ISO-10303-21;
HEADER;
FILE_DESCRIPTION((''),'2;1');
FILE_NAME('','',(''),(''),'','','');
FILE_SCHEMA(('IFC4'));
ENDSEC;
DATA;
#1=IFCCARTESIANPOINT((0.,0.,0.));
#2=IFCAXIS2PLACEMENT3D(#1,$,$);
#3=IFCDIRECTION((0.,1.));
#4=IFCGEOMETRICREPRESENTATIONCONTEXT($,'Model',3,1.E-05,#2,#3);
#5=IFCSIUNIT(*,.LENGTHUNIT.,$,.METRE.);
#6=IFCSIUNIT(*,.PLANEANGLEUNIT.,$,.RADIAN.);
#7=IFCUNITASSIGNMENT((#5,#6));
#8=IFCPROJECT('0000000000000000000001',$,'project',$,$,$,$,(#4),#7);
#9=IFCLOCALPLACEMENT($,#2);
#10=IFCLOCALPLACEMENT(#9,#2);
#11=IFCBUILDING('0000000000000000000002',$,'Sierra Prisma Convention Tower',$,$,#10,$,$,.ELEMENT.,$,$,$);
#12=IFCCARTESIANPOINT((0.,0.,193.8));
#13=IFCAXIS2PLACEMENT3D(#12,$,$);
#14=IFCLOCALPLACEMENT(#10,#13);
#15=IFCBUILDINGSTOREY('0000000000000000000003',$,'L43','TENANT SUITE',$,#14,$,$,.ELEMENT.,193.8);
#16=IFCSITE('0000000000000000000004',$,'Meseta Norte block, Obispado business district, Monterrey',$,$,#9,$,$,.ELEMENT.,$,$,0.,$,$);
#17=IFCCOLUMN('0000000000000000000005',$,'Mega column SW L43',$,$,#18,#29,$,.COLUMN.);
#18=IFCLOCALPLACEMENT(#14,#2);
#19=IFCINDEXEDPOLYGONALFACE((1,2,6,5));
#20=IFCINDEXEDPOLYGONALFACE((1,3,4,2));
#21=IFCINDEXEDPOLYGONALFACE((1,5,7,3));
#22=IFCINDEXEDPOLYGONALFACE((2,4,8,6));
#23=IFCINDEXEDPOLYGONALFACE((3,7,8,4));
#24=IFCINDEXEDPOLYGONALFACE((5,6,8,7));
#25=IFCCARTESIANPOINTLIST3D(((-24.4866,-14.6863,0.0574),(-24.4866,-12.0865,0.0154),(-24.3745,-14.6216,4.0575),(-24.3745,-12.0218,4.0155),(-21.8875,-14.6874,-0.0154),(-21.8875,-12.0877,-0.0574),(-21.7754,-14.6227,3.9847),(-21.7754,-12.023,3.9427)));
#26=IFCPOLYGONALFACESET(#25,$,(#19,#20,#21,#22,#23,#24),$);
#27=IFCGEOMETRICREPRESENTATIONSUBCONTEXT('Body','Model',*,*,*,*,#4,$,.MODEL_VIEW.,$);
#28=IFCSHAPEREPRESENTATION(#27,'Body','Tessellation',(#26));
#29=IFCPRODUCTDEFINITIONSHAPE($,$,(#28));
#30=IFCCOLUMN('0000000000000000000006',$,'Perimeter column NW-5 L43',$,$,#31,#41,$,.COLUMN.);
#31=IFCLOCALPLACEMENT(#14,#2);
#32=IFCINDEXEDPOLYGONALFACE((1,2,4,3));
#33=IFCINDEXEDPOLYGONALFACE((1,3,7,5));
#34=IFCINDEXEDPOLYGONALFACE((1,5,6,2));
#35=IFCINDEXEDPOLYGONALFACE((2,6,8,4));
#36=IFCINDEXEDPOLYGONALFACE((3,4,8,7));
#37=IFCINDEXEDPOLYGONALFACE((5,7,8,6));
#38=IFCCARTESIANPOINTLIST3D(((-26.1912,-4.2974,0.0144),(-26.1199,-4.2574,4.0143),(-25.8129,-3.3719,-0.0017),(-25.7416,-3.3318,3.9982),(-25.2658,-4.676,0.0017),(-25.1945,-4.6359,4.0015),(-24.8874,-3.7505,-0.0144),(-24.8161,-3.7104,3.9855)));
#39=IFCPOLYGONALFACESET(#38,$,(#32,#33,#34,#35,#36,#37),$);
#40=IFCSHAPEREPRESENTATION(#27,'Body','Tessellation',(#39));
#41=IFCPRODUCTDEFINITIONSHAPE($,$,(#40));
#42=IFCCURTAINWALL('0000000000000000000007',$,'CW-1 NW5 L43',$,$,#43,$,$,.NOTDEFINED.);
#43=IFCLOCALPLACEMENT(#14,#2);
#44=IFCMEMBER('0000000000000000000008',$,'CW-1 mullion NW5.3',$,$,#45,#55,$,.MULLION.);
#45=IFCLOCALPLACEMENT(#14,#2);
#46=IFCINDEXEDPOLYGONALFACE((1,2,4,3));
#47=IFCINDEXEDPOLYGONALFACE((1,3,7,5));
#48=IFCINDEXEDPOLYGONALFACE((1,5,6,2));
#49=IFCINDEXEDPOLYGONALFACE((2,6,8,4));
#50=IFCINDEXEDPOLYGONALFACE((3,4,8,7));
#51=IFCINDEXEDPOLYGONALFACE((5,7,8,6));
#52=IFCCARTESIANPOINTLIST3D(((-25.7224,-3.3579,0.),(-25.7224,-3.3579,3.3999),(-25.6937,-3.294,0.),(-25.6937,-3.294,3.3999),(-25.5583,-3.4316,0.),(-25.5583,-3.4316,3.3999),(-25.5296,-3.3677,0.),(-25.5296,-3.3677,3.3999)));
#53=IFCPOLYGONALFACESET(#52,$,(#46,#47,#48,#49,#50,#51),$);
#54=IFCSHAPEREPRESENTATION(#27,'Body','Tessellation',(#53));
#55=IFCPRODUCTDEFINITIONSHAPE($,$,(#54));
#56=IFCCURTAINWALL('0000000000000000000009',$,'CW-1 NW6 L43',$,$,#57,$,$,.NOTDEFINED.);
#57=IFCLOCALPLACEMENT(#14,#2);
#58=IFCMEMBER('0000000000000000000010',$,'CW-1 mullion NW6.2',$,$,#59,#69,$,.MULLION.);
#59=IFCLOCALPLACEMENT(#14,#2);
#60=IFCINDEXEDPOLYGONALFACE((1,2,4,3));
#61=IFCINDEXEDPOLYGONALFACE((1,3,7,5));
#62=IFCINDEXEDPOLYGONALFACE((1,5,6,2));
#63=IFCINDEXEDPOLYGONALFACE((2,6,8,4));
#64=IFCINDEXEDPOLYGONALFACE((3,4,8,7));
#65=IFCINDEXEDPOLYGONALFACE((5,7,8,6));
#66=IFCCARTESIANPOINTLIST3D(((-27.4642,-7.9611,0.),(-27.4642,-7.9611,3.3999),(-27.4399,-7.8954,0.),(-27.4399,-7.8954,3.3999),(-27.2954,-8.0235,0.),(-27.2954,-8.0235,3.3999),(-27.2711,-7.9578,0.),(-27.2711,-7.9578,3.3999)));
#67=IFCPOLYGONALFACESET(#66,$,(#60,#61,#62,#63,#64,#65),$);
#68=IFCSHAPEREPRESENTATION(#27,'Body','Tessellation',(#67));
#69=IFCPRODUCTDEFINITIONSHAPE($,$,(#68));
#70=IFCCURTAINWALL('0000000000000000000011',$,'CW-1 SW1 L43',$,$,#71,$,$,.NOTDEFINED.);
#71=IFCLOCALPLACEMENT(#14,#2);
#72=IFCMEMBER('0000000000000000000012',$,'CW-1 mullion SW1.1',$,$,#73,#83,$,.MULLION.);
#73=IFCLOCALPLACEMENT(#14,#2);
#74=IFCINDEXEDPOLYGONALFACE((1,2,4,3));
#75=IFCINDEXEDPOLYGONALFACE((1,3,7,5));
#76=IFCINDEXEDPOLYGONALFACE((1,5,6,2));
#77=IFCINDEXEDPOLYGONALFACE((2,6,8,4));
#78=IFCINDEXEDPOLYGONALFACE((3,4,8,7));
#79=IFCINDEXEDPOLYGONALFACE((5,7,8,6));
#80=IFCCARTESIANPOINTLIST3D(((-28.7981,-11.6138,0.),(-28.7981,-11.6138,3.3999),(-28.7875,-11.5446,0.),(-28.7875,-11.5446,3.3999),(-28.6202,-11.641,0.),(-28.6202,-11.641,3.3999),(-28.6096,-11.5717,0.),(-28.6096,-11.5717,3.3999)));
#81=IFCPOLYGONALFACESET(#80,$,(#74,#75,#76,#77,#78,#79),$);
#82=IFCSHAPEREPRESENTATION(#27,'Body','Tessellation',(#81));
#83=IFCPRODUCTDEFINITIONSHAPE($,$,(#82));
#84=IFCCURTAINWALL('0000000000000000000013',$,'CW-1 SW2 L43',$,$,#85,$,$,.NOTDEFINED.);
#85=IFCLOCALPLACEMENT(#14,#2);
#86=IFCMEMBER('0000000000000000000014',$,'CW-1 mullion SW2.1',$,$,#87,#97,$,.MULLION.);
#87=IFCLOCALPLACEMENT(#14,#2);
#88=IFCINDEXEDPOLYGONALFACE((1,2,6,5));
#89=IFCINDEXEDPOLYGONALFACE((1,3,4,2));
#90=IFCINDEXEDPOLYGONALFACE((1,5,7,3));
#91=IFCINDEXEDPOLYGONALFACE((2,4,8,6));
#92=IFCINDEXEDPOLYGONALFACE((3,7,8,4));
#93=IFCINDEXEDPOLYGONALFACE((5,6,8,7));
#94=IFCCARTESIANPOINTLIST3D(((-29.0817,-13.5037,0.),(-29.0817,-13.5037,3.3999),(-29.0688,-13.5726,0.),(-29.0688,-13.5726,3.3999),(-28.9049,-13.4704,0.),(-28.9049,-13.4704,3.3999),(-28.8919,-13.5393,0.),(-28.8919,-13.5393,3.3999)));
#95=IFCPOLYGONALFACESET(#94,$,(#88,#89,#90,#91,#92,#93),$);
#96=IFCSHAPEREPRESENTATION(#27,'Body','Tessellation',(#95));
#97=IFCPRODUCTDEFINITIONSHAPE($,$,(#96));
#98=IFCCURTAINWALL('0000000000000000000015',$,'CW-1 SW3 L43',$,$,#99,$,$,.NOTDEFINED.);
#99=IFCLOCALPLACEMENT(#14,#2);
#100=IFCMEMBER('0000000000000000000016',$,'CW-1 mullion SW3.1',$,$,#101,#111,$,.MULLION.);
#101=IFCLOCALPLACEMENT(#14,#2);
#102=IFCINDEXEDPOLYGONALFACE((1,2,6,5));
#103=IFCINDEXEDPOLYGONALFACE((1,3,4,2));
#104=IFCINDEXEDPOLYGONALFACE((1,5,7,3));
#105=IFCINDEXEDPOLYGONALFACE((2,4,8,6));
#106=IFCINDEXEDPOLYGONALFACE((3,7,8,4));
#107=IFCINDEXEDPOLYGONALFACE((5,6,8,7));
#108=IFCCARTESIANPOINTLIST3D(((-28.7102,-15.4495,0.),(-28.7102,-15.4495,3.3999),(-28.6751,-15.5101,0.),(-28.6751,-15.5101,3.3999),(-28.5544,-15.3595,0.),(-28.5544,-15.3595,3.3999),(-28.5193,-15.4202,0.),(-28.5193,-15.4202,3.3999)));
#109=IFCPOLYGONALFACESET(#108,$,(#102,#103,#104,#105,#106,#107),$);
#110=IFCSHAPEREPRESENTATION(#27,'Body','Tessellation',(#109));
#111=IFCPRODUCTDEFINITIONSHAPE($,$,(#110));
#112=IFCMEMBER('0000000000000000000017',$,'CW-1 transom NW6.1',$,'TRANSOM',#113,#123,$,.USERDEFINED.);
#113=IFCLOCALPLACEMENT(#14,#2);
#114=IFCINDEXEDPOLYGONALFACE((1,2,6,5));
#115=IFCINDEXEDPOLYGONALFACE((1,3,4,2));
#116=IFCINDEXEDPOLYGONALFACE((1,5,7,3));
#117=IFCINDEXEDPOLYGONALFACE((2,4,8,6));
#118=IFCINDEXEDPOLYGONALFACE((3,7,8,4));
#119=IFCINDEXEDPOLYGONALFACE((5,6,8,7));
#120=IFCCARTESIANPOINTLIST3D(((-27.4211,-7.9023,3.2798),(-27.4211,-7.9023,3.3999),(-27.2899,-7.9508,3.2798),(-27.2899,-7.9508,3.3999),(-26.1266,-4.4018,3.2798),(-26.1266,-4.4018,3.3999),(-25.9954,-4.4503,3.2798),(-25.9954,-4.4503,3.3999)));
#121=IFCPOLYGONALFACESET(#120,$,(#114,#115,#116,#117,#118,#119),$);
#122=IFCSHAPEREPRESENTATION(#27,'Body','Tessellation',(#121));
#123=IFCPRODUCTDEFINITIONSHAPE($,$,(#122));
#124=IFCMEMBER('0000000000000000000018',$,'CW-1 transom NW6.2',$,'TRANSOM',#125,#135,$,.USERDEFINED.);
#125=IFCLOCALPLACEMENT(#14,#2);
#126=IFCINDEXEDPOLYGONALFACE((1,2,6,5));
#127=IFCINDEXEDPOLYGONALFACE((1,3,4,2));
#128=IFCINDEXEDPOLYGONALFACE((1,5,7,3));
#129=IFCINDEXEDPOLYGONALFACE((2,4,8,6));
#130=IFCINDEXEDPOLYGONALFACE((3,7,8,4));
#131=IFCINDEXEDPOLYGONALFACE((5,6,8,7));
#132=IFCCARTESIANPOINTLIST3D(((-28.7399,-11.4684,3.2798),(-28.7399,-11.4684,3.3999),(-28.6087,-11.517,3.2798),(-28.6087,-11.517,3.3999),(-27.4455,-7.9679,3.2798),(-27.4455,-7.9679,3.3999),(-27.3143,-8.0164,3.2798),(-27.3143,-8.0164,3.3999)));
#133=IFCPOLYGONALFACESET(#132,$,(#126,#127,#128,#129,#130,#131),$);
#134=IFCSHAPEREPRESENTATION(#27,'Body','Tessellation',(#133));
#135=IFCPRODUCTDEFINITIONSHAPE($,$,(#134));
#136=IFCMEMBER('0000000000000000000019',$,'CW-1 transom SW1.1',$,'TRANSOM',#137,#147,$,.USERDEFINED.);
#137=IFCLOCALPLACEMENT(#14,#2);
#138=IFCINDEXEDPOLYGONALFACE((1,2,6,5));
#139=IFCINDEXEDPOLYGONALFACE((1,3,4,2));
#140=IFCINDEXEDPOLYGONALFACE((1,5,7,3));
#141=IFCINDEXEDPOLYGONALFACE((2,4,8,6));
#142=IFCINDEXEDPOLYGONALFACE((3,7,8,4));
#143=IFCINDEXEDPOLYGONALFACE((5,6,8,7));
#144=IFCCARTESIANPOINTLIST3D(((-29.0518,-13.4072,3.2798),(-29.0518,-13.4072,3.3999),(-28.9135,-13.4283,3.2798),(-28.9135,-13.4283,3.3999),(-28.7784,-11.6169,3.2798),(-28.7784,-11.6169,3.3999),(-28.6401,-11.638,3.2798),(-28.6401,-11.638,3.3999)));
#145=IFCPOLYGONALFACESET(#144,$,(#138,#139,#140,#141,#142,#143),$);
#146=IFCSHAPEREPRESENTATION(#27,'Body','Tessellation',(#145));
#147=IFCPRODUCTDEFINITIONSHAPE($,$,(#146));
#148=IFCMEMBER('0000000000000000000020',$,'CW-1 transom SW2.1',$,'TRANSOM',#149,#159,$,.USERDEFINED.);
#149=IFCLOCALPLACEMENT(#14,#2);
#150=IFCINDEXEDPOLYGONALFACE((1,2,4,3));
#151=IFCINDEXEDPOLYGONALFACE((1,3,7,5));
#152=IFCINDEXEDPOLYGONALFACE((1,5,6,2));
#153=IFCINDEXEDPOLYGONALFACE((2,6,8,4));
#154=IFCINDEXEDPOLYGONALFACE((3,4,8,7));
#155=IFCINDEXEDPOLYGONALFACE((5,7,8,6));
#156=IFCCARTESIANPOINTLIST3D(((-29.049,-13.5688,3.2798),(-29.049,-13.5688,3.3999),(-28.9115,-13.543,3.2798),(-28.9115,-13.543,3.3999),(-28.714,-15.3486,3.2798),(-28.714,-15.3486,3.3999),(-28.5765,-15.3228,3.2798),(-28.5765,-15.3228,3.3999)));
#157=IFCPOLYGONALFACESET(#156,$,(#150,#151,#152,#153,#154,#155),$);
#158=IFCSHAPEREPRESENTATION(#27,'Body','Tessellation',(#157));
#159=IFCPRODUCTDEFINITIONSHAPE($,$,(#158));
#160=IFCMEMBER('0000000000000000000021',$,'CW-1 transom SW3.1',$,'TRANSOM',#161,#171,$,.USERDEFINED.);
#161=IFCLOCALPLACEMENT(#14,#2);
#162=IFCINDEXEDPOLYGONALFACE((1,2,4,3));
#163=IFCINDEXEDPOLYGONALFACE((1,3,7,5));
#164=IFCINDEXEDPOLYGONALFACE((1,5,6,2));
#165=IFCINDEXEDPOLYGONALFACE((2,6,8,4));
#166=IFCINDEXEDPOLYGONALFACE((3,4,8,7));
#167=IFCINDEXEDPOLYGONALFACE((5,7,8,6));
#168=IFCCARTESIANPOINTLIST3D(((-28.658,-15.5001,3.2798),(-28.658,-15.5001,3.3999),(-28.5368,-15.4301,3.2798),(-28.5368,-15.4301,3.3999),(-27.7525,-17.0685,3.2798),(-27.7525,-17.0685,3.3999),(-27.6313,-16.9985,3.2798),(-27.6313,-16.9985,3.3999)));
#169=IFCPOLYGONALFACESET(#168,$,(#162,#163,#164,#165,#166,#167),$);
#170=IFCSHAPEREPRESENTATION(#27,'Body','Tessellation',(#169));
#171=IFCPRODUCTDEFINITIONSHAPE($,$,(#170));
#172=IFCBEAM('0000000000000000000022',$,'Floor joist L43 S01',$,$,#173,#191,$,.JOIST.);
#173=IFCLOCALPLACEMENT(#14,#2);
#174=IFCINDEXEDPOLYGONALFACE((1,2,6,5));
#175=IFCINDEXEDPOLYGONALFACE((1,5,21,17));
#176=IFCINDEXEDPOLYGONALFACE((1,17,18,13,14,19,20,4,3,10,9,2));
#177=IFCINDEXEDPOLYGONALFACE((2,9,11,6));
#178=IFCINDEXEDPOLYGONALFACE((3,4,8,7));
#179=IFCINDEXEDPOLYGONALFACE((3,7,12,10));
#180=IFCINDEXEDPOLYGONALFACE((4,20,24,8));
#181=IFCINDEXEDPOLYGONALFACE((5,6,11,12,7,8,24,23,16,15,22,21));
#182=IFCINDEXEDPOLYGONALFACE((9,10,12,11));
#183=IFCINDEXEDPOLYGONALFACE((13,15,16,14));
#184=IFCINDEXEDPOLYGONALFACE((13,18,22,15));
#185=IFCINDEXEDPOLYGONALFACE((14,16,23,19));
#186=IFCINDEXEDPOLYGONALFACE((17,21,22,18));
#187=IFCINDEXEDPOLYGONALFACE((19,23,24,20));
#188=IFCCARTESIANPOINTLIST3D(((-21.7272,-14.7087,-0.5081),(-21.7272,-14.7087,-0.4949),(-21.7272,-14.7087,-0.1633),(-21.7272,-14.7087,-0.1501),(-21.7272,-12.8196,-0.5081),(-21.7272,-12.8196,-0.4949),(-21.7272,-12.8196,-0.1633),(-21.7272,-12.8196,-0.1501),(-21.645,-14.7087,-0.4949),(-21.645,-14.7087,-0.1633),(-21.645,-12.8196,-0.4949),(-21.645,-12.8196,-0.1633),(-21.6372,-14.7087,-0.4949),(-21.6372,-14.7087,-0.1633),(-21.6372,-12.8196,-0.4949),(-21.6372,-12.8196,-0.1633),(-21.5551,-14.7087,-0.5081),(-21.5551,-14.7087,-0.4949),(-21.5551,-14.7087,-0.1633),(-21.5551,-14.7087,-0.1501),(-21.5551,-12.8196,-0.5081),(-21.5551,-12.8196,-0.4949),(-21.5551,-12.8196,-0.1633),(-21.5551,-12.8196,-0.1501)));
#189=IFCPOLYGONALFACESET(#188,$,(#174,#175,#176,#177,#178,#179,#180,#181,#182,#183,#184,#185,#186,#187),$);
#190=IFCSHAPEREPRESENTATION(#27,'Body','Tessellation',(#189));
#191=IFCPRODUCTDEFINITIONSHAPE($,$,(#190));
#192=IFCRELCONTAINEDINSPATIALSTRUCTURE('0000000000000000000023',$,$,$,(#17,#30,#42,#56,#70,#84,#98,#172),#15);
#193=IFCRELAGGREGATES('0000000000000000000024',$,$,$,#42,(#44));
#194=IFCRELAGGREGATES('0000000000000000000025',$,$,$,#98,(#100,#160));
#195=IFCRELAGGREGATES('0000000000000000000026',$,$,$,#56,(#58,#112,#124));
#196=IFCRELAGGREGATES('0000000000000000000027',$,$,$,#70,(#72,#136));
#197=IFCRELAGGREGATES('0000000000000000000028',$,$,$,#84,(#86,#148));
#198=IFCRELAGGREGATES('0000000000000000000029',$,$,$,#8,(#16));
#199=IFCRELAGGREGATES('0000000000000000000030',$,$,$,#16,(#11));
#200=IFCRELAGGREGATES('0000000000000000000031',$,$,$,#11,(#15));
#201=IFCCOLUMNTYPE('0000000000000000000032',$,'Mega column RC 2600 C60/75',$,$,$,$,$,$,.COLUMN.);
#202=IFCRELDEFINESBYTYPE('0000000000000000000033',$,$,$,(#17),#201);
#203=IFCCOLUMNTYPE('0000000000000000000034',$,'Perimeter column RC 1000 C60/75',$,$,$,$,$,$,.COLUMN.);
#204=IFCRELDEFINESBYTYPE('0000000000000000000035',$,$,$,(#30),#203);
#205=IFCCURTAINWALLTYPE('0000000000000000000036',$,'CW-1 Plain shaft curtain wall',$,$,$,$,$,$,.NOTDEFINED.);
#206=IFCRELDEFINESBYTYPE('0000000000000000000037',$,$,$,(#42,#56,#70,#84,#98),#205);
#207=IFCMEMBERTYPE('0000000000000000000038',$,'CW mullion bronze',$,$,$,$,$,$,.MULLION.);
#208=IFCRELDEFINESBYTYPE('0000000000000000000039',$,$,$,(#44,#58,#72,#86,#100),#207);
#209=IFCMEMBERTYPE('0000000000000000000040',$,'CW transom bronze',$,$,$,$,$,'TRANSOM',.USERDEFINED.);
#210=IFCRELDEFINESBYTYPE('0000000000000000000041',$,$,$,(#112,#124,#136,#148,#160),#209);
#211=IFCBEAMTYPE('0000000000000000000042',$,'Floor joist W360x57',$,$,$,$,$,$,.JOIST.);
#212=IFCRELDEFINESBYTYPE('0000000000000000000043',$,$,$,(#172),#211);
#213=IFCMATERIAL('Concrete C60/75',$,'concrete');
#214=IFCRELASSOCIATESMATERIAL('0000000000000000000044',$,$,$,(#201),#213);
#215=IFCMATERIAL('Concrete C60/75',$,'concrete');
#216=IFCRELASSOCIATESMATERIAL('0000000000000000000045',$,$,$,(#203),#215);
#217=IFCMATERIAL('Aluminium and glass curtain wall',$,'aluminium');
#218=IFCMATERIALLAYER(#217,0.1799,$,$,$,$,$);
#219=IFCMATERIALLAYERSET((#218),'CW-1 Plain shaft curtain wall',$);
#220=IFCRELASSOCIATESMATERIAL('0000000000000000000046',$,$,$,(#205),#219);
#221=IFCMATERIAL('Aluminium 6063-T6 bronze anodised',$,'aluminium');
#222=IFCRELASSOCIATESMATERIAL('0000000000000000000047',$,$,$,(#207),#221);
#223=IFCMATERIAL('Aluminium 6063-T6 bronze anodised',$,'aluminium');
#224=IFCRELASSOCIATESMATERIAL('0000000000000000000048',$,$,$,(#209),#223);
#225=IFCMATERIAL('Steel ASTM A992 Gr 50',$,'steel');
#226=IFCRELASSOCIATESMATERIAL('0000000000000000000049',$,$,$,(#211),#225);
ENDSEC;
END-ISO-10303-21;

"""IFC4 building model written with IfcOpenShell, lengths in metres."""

from ifc_helpers import new_model, si_unit, direction, frame, origin, origin_2d, place, context, subcontext, project, spatial, rectangle, i_section, extrude, material, layer, layer_set, material_profile, profile_set, type_object, element, aggregate, save


model = new_model("IFC4")

# Units and contexts
model_context = context("Model", 3, precision=1e-05, world=origin(), true_north=direction((0.0, 1.0)))
body_context = subcontext(model_context, "Body", "Model", "MODEL_VIEW")
ifc_project = project(units=[si_unit("LENGTHUNIT", "METRE"), si_unit("PLANEANGLEUNIT", "RADIAN")], contexts=[model_context])

# Site, building, storey
site_placement = place(None, origin())
site = spatial("IfcSite", under=ifc_project, at=site_placement, Name="Meseta Norte block, Obispado business district, Monterrey", CompositionType="ELEMENT", RefElevation=0.0)
building_placement = place(site_placement, origin())
building = spatial("IfcBuilding", under=site, at=building_placement, Name="Sierra Prisma Convention Tower", CompositionType="ELEMENT")
storey_placement = place(building_placement, frame((0.0, 0.0, 193.8)))
storey = spatial("IfcBuildingStorey", under=building, at=storey_placement, Name="L43", Description="TENANT SUITE", CompositionType="ELEMENT", Elevation=193.8)

# Columns
ifc_material_1 = material(Name="Concrete C60/75", Category="concrete")
ifc_material_profile_1 = material_profile(ifc_material_1, rectangle(XDim=2.6001, YDim=2.6001, at=origin_2d()), Name="Mega column RC 2600 C60/75")
ifc_profile_set_1 = profile_set([ifc_material_profile_1], Name="Concrete C60/75")
column_type_1 = type_object("IfcColumnType", Name="Mega column RC 2600 C60/75", PredefinedType="COLUMN", material=ifc_profile_set_1)
column_1_placement = place(storey_placement, frame((-23.187, -13.387, 0.0), z_axis=(0.028, 0.016166, 0.999477), x_axis=(0.999608, -0.000453, -0.027997)))
element("IfcColumn", 1, at=column_1_placement, inside=storey, type_object=column_type_1, Name="Mega column SW L43", PredefinedType="COLUMN", context=body_context, shape_type="SweptSolid", body=[
    extrude(rectangle(XDim=2.6001, YDim=2.6001, at=origin_2d()), origin(), (0.0, 0.0, 1.0), 4.0022),
])
ifc_material_2 = material(Name="Concrete C60/75", Category="concrete")
ifc_material_profile_2 = material_profile(ifc_material_2, rectangle(XDim=1.0, YDim=1.0, at=origin_2d()), Name="Perimeter column RC 1000 C60/75")
ifc_profile_set_2 = profile_set([ifc_material_profile_2], Name="Concrete C60/75")
column_type_2 = type_object("IfcColumnType", Name="Perimeter column RC 1000 C60/75", PredefinedType="COLUMN", material=ifc_profile_set_2)
column_2_placement = place(storey_placement, frame((-25.5393, -4.0239, 0.0), z_axis=(0.017819, 0.010008, 0.999791), x_axis=(0.378372, 0.925515, -0.016008)))
element("IfcColumn", 2, at=column_2_placement, inside=storey, type_object=column_type_2, Name="Perimeter column NW-5 L43", PredefinedType="COLUMN", context=body_context, shape_type="SweptSolid", body=[
    extrude(rectangle(XDim=1.0, YDim=1.0, at=origin_2d()), origin(), (0.0, 0.0, 1.0), 4.0007),
])

# Curtain walls, members
ifc_material_3 = material(Name="Aluminium and glass curtain wall", Category="aluminium")
ifc_layer_1 = layer(ifc_material_3, 0.1799)
ifc_layer_set_1 = layer_set([ifc_layer_1], Name="CW-1 Plain shaft curtain wall")
curtain_wall_type = type_object("IfcCurtainWallType", Name="CW-1 Plain shaft curtain wall", PredefinedType="NOTDEFINED", material=ifc_layer_set_1)
curtain_wall_1_placement = place(storey_placement, origin())
curtain_wall_1 = element("IfcCurtainWall", 3, at=curtain_wall_1_placement, inside=storey, type_object=curtain_wall_type, Name="CW-1 NW5 L43", PredefinedType="NOTDEFINED")
ifc_material_4 = material(Name="Aluminium 6063-T6 bronze anodised", Category="aluminium")
ifc_material_profile_3 = material_profile(ifc_material_4, rectangle(XDim=0.1799, YDim=0.0701, at=origin_2d()), Name="ALU MULLION 70x180")
ifc_profile_set_3 = profile_set([ifc_material_profile_3], Name="Aluminium 6063-T6 bronze anodised")
member_type_1 = type_object("IfcMemberType", Name="CW mullion bronze", PredefinedType="MULLION", material=ifc_profile_set_3)
member_1_placement = place(storey_placement, frame((-25.626, -3.3628, 0.0), z_axis=(0.0, 0.0, 1.0), x_axis=(0.912281, -0.409564, 0.0)))
member_1 = element("IfcMember", 4, at=member_1_placement, type_object=member_type_1, Name="CW-1 mullion NW5.3", PredefinedType="MULLION", context=body_context, shape_type="SweptSolid", body=[
    extrude(rectangle(XDim=0.1799, YDim=0.0701, at=origin_2d()), origin(), (0.0, 0.0, 1.0), 3.3999),
])
aggregate(curtain_wall_1, [member_1])
curtain_wall_2_placement = place(storey_placement, origin())
curtain_wall_2 = element("IfcCurtainWall", 5, at=curtain_wall_2_placement, inside=storey, type_object=curtain_wall_type, Name="CW-1 NW6 L43", PredefinedType="NOTDEFINED")
member_2_placement = place(storey_placement, frame((-27.3677, -7.9595, 0.0), z_axis=(0.0, 0.0, 1.0), x_axis=(0.937915, -0.346866, 0.0)))
member_2 = element("IfcMember", 6, at=member_2_placement, type_object=member_type_1, Name="CW-1 mullion NW6.2", PredefinedType="MULLION", context=body_context, shape_type="SweptSolid", body=[
    extrude(rectangle(XDim=0.1799, YDim=0.0701, at=origin_2d()), origin(), (0.0, 0.0, 1.0), 3.3999),
])
curtain_wall_3_placement = place(storey_placement, origin())
curtain_wall_3 = element("IfcCurtainWall", 7, at=curtain_wall_3_placement, inside=storey, type_object=curtain_wall_type, Name="CW-1 SW1 L43", PredefinedType="NOTDEFINED")
member_3_placement = place(storey_placement, frame((-28.7039, -11.5928, 0.0), z_axis=(0.0, 0.0, 1.0), x_axis=(0.988536, -0.150983, 0.0)))
member_3 = element("IfcMember", 8, at=member_3_placement, type_object=member_type_1, Name="CW-1 mullion SW1.1", PredefinedType="MULLION", context=body_context, shape_type="SweptSolid", body=[
    extrude(rectangle(XDim=0.1799, YDim=0.0701, at=origin_2d()), origin(), (0.0, 0.0, 1.0), 3.3999),
])
curtain_wall_4_placement = place(storey_placement, origin())
curtain_wall_4 = element("IfcCurtainWall", 9, at=curtain_wall_4_placement, inside=storey, type_object=curtain_wall_type, Name="CW-1 SW2 L43", PredefinedType="NOTDEFINED")
member_4_placement = place(storey_placement, frame((-28.9868, -13.5215, 0.0), z_axis=(0.0, 0.0, 1.0), x_axis=(0.982748, 0.184947, 0.0)))
member_4 = element("IfcMember", 10, at=member_4_placement, type_object=member_type_1, Name="CW-1 mullion SW2.1", PredefinedType="MULLION", context=body_context, shape_type="SweptSolid", body=[
    extrude(rectangle(XDim=0.1799, YDim=0.0701, at=origin_2d()), origin(), (0.0, 0.0, 1.0), 3.3999),
])
curtain_wall_5_placement = place(storey_placement, origin())
curtain_wall_5 = element("IfcCurtainWall", 11, at=curtain_wall_5_placement, inside=storey, type_object=curtain_wall_type, Name="CW-1 SW3 L43", PredefinedType="NOTDEFINED")
member_5_placement = place(storey_placement, frame((-28.6147, -15.4348, 0.0), z_axis=(0.0, 0.0, 1.0), x_axis=(0.866025, 0.5, 0.0)))
member_5 = element("IfcMember", 12, at=member_5_placement, type_object=member_type_1, Name="CW-1 mullion SW3.1", PredefinedType="MULLION", context=body_context, shape_type="SweptSolid", body=[
    extrude(rectangle(XDim=0.1799, YDim=0.0701, at=origin_2d()), origin(), (0.0, 0.0, 1.0), 3.3999),
])

# Members
ifc_material_5 = material(Name="Aluminium 6063-T6 bronze anodised", Category="aluminium")
ifc_material_profile_4 = material_profile(ifc_material_5, rectangle(XDim=0.1399, YDim=0.1201, at=origin_2d()), Name="ALU TRANSOM 120x140")
ifc_profile_set_4 = profile_set([ifc_material_profile_4], Name="Aluminium 6063-T6 bronze anodised")
member_type_2 = type_object("IfcMemberType", Name="CW transom bronze", ElementType="TRANSOM", PredefinedType="USERDEFINED", material=ifc_profile_set_4)
member_6_placement = place(storey_placement, frame((-26.061, -4.426, 3.3398), z_axis=(-0.346833, -0.937927, 0.0), x_axis=(0.937927, -0.346833, 0.0)))
member_6 = element("IfcMember", 13, at=member_6_placement, type_object=member_type_2, Name="CW-1 transom NW6.1", ObjectType="TRANSOM", PredefinedType="USERDEFINED", context=body_context, shape_type="SweptSolid", body=[
    extrude(rectangle(XDim=0.1399, YDim=0.1201, at=origin_2d()), origin(), (0.0, 0.0, 1.0), 3.7322),
])
member_7_placement = place(storey_placement, frame((-27.3799, -7.9922, 3.3398), z_axis=(-0.346833, -0.937927, 0.0), x_axis=(0.937927, -0.346833, 0.0)))
member_7 = element("IfcMember", 14, at=member_7_placement, type_object=member_type_2, Name="CW-1 transom NW6.2", ObjectType="TRANSOM", PredefinedType="USERDEFINED", context=body_context, shape_type="SweptSolid", body=[
    extrude(rectangle(XDim=0.1399, YDim=0.1201, at=origin_2d()), origin(), (0.0, 0.0, 1.0), 3.7322),
])
member_8_placement = place(storey_placement, frame((-28.7092, -11.6274, 3.3398), z_axis=(-0.150983, -0.988536, 0.0), x_axis=(0.988536, -0.150983, 0.0)))
member_8 = element("IfcMember", 15, at=member_8_placement, type_object=member_type_2, Name="CW-1 transom SW1.1", ObjectType="TRANSOM", PredefinedType="USERDEFINED", context=body_context, shape_type="SweptSolid", body=[
    extrude(rectangle(XDim=0.1399, YDim=0.1201, at=origin_2d()), origin(), (0.0, 0.0, 1.0), 1.811),
])
member_9_placement = place(storey_placement, frame((-28.9802, -13.5559, 3.3398), z_axis=(0.184956, -0.982747, 0.0), x_axis=(0.982747, 0.184956, 0.0)))
member_9 = element("IfcMember", 16, at=member_9_placement, type_object=member_type_2, Name="CW-1 transom SW2.1", ObjectType="TRANSOM", PredefinedType="USERDEFINED", context=body_context, shape_type="SweptSolid", body=[
    extrude(rectangle(XDim=0.1399, YDim=0.1201, at=origin_2d()), origin(), (0.0, 0.0, 1.0), 1.811),
])
member_10_placement = place(storey_placement, frame((-28.5974, -15.4651, 3.3398), z_axis=(0.50001, -0.866019, 0.0), x_axis=(0.866019, 0.50001, 0.0)))
member_10 = element("IfcMember", 17, at=member_10_placement, type_object=member_type_2, Name="CW-1 transom SW3.1", ObjectType="TRANSOM", PredefinedType="USERDEFINED", context=body_context, shape_type="SweptSolid", body=[
    extrude(rectangle(XDim=0.1399, YDim=0.1201, at=origin_2d()), origin(), (0.0, 0.0, 1.0), 1.811),
])
aggregate(curtain_wall_5, [member_5, member_10])

# Beam
ifc_material_6 = material(Name="Steel ASTM A992 Gr 50", Category="steel")
ifc_material_profile_5 = material_profile(ifc_material_6, i_section(OverallWidth=0.1721, OverallDepth=0.3579, WebThickness=0.0078, FlangeThickness=0.0132, at=origin_2d()), Name="W360x57")
ifc_profile_set_5 = profile_set([ifc_material_profile_5], Name="Steel ASTM A992 Gr 50")
beam_type_1 = type_object("IfcBeamType", Name="Floor joist W360x57", PredefinedType="JOIST", material=ifc_profile_set_5)
beam_1_placement = place(storey_placement, frame((-21.6411, -14.7087, -0.3291), z_axis=(0.0, 1.0, 0.0), x_axis=(-1.0, 0.0, 0.0)))
element("IfcBeam", 18, at=beam_1_placement, inside=storey, type_object=beam_type_1, Name="Floor joist L43 S01", PredefinedType="JOIST", context=body_context, shape_type="SweptSolid", body=[
    extrude(i_section(OverallWidth=0.1721, OverallDepth=0.3579, WebThickness=0.0078, FlangeThickness=0.0132, at=origin_2d()), origin(), (0.0, 0.0, 1.0), 1.8892),
])

aggregate(curtain_wall_2, [member_2, member_6, member_7])
aggregate(curtain_wall_3, [member_3, member_8])
aggregate(curtain_wall_4, [member_4, member_9])

save(model, "model.ifc")
